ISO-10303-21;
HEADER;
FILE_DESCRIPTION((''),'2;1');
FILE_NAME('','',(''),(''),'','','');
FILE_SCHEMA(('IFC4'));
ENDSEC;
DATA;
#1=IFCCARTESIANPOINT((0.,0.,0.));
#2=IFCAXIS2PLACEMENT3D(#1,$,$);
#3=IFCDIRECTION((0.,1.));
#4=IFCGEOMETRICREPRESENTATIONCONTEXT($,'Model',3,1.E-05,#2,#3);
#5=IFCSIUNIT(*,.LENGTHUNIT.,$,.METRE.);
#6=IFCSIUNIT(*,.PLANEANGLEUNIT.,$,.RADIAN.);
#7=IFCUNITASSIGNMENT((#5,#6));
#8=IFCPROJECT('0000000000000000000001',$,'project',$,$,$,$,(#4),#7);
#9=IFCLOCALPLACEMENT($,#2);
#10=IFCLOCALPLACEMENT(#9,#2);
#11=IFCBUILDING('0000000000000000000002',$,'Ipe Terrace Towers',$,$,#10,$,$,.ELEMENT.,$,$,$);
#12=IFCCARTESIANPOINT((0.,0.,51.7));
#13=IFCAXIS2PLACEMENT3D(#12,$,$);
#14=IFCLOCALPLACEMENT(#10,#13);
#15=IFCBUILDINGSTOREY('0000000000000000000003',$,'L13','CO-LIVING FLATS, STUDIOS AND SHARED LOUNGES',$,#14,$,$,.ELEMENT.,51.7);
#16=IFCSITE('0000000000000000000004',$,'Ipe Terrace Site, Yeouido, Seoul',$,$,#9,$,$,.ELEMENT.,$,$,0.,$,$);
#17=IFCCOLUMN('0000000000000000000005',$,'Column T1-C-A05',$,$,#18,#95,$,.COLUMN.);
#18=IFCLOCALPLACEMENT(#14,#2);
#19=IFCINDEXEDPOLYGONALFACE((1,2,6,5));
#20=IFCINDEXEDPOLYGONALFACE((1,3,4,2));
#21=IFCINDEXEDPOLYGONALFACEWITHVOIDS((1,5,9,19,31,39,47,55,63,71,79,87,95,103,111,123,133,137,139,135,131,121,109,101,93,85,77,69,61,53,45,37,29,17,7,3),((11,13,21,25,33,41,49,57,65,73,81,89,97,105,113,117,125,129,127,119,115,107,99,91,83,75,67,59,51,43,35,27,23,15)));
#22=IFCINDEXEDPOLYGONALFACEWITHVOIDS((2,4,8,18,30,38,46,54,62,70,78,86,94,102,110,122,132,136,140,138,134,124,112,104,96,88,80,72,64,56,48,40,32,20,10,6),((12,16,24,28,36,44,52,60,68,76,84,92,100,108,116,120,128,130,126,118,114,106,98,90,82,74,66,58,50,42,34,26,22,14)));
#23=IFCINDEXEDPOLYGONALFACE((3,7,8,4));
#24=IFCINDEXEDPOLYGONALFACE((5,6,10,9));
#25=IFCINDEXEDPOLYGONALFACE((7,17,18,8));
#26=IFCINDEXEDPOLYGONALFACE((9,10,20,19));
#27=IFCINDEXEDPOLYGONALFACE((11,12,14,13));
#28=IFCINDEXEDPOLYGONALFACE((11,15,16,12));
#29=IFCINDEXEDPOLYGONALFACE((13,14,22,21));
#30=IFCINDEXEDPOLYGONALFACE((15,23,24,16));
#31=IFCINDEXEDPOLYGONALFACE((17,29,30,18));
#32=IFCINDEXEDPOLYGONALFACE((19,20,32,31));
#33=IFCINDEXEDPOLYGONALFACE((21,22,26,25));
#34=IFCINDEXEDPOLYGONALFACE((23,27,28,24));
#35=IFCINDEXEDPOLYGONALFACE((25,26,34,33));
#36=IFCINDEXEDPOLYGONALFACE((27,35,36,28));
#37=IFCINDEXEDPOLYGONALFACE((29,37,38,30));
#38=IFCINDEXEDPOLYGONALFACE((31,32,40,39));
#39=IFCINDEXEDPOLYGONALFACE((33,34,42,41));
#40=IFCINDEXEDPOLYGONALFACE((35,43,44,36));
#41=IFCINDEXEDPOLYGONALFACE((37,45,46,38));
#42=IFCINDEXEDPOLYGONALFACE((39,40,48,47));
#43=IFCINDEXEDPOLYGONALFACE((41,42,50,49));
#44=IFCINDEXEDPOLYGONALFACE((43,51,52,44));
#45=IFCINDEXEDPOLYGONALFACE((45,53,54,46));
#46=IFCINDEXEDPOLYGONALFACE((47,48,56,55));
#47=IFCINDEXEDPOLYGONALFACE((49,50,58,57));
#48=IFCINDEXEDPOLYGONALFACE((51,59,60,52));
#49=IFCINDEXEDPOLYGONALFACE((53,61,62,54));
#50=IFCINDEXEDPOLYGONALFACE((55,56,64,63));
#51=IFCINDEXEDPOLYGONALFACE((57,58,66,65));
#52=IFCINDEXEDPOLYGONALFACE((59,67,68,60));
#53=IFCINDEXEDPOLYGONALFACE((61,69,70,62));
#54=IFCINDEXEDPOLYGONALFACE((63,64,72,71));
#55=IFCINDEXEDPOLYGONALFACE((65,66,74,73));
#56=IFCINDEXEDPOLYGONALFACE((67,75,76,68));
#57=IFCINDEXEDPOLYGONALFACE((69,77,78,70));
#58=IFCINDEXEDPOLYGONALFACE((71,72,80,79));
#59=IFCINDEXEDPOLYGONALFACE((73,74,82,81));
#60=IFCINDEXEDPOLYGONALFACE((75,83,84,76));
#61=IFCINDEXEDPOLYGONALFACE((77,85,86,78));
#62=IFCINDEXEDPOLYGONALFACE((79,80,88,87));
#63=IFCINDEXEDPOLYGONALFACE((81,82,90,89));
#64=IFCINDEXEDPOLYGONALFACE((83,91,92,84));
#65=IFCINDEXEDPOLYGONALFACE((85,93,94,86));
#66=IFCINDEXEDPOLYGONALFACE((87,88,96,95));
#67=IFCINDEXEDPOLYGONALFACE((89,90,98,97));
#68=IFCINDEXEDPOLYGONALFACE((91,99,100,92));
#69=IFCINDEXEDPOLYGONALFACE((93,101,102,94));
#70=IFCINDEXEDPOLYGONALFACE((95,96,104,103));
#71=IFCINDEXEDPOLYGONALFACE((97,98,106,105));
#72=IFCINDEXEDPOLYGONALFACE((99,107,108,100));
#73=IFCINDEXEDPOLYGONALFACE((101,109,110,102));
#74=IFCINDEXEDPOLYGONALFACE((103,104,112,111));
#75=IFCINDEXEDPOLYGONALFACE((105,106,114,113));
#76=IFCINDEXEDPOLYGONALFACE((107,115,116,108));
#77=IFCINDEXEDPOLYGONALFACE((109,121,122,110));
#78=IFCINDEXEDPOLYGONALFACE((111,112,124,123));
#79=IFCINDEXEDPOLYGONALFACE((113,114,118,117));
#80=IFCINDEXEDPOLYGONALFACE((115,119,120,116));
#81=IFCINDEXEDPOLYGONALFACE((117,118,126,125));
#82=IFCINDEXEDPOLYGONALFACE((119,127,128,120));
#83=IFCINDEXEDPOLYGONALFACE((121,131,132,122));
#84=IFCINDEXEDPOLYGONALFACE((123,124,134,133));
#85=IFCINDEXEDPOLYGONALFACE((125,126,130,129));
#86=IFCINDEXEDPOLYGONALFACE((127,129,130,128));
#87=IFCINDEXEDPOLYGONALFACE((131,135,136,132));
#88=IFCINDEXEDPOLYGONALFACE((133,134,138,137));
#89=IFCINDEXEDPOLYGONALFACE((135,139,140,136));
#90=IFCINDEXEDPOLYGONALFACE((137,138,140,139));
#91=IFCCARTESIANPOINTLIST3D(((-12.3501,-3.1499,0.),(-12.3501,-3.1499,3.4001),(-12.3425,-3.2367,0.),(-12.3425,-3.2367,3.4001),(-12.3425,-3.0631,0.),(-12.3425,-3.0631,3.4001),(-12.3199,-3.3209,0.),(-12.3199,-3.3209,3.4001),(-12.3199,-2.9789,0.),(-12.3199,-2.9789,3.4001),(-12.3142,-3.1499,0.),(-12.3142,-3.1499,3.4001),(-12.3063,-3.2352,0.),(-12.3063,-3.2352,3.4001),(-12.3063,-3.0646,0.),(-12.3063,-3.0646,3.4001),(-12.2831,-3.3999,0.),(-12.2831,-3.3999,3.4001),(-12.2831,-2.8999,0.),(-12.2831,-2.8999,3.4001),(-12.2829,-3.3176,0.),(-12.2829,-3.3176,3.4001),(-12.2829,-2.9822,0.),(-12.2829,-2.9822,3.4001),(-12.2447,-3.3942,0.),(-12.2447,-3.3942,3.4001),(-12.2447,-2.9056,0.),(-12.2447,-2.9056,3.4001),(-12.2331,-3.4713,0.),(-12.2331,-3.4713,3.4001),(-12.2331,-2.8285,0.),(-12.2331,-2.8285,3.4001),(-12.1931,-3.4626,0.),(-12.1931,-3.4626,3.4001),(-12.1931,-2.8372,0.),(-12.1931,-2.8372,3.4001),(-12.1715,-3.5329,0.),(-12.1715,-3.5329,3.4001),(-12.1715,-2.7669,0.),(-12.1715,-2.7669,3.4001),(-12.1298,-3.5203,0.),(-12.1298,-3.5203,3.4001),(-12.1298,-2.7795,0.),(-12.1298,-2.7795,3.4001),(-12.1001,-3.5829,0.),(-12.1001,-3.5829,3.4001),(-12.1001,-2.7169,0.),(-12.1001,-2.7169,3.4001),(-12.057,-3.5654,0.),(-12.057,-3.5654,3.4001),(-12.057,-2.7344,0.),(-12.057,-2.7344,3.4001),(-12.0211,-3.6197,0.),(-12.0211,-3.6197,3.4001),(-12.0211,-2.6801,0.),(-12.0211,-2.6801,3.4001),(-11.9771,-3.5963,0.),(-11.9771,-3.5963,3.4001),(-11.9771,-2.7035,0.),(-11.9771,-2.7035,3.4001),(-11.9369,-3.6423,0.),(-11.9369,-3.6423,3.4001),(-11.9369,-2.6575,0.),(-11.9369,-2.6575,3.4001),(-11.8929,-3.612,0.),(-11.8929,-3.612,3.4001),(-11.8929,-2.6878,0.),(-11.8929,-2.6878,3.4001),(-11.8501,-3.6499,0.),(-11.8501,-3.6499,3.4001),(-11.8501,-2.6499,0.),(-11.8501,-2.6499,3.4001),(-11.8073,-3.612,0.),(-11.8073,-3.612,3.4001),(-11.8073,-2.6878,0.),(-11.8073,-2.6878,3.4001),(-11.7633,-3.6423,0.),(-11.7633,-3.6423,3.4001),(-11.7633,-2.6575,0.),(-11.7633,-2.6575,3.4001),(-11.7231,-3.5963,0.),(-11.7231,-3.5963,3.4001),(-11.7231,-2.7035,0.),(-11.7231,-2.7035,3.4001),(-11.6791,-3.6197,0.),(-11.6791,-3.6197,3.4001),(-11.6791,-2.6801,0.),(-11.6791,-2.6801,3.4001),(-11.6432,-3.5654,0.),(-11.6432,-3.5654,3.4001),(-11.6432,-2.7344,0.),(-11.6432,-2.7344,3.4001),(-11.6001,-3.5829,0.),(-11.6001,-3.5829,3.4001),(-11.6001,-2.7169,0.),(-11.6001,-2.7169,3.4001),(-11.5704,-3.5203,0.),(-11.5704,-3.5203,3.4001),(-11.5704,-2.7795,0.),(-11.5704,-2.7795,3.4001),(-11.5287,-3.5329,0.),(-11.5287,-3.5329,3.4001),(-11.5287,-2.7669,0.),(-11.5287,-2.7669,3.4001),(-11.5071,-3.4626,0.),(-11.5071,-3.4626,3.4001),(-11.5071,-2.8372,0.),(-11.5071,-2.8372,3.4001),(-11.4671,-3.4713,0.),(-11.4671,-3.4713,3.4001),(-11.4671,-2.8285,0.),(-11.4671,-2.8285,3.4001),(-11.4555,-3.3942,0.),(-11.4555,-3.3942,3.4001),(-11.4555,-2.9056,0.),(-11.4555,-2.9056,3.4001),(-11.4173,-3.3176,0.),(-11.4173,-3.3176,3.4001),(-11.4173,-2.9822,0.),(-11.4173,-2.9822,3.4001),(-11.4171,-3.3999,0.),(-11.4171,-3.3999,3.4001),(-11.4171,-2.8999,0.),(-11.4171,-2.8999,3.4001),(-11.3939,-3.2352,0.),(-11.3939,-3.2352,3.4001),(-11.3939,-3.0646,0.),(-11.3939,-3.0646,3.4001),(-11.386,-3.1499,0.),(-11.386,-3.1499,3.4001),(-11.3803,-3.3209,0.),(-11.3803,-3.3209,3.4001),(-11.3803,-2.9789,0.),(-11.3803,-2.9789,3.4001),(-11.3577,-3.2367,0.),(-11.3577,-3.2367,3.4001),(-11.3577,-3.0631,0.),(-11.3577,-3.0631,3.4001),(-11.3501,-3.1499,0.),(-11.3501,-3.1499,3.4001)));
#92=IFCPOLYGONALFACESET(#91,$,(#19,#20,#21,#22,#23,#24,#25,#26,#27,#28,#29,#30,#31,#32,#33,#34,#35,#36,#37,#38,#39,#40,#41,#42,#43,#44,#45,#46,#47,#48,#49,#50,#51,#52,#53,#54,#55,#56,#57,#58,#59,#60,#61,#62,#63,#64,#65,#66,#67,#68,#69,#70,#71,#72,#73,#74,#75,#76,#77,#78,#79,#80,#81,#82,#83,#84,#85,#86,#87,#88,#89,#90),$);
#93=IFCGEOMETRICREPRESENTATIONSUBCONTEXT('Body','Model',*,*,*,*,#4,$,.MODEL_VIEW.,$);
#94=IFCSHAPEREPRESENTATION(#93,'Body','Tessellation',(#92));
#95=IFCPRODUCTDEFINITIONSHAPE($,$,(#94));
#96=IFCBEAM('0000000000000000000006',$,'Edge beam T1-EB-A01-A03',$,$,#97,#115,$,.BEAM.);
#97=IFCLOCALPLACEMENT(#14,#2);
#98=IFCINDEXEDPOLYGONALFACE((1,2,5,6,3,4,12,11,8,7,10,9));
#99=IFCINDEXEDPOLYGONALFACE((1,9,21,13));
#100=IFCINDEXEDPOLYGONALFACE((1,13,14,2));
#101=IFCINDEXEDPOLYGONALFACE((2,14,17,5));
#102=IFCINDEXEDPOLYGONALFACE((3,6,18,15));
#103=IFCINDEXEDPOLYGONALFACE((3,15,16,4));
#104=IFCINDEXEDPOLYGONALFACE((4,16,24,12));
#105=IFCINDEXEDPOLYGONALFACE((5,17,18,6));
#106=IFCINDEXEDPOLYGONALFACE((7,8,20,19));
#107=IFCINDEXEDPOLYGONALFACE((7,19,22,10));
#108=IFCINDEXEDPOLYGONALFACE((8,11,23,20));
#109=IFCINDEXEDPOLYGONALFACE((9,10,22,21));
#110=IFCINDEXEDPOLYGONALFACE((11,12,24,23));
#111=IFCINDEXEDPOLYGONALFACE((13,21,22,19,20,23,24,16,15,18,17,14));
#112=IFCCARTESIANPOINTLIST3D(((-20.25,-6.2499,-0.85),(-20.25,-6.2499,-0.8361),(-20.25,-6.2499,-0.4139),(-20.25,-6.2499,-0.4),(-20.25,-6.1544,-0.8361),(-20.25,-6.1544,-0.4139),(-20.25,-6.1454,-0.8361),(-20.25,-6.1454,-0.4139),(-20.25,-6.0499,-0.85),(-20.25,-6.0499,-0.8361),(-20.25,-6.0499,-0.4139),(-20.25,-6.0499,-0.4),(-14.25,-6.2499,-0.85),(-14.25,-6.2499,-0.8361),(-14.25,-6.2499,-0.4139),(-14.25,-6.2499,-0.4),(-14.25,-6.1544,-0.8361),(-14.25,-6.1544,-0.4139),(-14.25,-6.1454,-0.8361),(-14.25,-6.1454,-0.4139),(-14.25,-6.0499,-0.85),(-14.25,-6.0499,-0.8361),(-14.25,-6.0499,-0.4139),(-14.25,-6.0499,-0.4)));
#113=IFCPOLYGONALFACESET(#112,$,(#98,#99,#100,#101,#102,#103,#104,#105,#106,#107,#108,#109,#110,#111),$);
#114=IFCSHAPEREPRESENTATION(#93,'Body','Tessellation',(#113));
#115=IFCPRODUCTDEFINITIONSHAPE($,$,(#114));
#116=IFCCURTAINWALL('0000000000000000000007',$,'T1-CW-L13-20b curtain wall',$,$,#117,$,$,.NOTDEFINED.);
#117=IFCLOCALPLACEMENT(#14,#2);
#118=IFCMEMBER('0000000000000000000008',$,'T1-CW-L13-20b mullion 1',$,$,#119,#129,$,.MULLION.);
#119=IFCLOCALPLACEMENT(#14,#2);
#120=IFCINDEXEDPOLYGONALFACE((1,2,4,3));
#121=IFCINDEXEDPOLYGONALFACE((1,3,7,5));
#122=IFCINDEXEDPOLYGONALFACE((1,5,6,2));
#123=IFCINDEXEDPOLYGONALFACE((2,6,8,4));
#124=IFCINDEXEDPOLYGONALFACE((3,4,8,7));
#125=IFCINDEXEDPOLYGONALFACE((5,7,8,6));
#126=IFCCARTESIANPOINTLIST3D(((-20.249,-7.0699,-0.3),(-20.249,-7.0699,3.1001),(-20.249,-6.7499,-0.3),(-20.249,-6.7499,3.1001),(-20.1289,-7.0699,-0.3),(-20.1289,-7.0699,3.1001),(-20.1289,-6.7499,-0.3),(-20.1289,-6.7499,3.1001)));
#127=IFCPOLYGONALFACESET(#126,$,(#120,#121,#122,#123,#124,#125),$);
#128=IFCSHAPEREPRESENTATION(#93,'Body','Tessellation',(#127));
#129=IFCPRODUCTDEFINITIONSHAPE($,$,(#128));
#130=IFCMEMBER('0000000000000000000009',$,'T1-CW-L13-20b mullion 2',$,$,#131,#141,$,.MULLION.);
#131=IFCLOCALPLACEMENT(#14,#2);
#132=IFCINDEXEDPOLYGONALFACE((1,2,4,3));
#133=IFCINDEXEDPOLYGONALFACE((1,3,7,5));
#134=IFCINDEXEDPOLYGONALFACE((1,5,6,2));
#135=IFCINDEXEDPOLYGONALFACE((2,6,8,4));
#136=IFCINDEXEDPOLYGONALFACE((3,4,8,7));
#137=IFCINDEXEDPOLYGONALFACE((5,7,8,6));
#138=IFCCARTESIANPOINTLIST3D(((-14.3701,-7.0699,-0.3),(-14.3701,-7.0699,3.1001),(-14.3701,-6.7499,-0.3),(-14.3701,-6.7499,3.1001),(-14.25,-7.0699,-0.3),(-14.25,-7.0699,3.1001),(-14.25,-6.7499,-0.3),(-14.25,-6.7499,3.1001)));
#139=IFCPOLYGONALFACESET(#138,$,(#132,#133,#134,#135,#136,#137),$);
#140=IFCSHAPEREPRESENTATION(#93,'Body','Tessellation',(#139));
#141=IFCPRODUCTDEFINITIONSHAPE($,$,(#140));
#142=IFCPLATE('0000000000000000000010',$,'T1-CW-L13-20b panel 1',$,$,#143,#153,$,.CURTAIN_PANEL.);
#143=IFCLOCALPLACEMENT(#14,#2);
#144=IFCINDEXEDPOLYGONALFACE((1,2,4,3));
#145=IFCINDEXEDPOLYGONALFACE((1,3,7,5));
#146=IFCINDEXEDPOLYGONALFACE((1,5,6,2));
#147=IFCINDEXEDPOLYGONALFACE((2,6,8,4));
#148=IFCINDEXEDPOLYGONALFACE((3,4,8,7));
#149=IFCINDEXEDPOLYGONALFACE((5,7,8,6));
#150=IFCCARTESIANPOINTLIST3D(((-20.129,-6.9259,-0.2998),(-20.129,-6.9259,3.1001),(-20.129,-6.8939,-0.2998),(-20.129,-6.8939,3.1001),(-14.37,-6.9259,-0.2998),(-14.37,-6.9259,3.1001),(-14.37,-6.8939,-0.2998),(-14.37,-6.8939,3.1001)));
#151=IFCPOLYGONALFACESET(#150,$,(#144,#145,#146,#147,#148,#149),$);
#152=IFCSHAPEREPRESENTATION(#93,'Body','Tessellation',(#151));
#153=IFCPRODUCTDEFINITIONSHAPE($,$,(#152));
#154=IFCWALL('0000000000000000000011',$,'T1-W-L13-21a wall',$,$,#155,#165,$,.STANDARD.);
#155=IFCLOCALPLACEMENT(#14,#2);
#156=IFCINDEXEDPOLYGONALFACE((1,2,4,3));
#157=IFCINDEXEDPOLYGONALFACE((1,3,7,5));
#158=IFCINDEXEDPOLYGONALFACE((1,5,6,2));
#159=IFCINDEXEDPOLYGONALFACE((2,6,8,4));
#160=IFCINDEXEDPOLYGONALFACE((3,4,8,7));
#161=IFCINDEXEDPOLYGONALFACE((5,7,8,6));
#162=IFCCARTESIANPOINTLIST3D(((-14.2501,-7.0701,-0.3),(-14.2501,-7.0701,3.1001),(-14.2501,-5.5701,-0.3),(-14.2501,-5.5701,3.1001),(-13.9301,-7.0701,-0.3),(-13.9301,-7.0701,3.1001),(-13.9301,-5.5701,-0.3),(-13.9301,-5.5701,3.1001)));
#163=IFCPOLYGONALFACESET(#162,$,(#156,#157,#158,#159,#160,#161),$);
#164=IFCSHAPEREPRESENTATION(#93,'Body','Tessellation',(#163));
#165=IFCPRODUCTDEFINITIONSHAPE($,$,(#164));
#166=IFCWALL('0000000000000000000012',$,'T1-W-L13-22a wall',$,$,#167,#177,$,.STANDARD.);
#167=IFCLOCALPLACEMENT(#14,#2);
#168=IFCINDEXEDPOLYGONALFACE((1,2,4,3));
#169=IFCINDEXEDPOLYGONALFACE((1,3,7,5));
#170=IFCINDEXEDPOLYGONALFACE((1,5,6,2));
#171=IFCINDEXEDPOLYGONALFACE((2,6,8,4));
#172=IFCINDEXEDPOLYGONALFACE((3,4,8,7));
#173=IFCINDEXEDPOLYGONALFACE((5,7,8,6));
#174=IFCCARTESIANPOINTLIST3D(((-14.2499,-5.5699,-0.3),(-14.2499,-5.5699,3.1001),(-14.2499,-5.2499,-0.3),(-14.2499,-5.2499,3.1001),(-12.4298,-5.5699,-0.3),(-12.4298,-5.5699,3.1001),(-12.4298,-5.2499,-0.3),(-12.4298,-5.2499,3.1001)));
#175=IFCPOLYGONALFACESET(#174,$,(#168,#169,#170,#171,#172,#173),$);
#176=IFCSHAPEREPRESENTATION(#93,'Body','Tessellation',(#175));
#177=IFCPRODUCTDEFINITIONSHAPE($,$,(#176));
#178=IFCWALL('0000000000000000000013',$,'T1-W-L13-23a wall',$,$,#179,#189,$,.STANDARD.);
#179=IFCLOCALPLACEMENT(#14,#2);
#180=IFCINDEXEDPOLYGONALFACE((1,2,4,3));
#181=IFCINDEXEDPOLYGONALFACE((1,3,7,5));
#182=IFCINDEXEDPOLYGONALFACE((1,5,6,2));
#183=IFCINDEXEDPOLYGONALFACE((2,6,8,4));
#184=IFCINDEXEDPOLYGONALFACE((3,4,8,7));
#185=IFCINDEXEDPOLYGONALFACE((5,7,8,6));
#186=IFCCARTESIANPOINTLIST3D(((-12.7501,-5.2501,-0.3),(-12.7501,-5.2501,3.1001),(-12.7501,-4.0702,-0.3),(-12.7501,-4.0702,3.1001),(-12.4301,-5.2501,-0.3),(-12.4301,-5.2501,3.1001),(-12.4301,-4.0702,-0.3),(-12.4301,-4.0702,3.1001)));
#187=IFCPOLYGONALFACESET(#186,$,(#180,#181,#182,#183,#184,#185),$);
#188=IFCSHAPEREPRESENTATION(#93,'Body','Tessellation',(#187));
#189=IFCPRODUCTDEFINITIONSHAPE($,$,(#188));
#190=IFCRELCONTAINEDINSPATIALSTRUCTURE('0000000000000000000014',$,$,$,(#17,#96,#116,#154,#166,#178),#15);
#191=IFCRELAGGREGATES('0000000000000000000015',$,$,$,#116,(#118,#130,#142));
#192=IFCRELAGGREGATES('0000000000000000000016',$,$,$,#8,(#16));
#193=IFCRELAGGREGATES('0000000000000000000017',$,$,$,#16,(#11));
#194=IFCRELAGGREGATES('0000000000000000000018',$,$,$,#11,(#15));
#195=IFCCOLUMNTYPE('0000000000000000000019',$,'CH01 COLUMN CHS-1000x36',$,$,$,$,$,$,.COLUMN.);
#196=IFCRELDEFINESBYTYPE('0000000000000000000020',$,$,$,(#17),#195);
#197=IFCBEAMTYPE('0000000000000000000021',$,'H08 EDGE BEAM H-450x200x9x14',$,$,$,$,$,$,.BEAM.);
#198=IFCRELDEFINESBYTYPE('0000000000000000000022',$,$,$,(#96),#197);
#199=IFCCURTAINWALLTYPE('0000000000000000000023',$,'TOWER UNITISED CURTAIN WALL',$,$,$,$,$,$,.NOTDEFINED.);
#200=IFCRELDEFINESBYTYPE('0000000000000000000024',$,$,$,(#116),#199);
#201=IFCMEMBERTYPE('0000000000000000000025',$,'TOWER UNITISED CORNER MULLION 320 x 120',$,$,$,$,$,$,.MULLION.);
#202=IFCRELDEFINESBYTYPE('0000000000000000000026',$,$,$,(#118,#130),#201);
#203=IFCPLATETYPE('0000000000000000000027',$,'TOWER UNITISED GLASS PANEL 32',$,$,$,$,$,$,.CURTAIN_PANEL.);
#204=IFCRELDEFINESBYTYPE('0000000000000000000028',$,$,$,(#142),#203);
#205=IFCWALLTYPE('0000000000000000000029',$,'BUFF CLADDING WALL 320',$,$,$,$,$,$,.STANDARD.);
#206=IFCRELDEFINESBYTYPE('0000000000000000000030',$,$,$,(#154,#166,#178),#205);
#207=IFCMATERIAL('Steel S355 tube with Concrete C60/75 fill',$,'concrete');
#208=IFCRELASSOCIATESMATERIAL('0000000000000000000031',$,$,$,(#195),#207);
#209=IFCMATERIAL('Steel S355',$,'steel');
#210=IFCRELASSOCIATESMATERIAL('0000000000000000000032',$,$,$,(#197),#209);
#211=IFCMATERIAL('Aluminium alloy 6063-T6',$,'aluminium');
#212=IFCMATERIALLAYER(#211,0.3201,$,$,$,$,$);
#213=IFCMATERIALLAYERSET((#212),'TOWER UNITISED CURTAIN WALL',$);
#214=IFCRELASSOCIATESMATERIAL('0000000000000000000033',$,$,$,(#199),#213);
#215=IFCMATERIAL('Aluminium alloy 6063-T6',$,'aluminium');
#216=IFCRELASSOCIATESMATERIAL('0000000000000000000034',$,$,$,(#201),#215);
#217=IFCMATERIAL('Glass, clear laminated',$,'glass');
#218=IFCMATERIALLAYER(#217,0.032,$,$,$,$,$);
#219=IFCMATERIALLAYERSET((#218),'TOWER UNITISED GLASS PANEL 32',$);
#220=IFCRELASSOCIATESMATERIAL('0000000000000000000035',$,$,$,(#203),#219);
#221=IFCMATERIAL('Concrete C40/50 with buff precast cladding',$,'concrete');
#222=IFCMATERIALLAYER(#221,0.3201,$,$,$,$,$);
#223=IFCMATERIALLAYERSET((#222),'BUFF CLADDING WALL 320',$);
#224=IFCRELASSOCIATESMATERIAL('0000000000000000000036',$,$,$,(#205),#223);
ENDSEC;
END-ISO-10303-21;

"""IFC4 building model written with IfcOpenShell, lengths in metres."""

from ifc_helpers import new_model, si_unit, direction, frame, frame_2d, origin, origin_2d, place, context, subcontext, project, spatial, rectangle, hollow_circle, i_section, extrude, material, layer, layer_set, material_profile, profile_set, type_object, element, aggregate, save


model = new_model("IFC4")

# Units and contexts
model_context = context("Model", 3, precision=1e-05, world=origin(), true_north=direction((0.0, 1.0)))
body_context = subcontext(model_context, "Body", "Model", "MODEL_VIEW")
ifc_project = project(units=[si_unit("LENGTHUNIT", "METRE"), si_unit("PLANEANGLEUNIT", "RADIAN")], contexts=[model_context])

# Site, building, storey
site_placement = place(None, origin())
site = spatial("IfcSite", under=ifc_project, at=site_placement, Name="Ipe Terrace Site, Yeouido, Seoul", CompositionType="ELEMENT", RefElevation=0.0)
building_placement = place(site_placement, origin())
building = spatial("IfcBuilding", under=site, at=building_placement, Name="Ipe Terrace Towers", CompositionType="ELEMENT")
storey_placement = place(building_placement, frame((0.0, 0.0, 51.7)))
storey = spatial("IfcBuildingStorey", under=building, at=storey_placement, Name="L13", Description="CO-LIVING FLATS, STUDIOS AND SHARED LOUNGES", CompositionType="ELEMENT", Elevation=51.7)

# Column
ifc_material_1 = material(Name="Steel S355 tube with Concrete C60/75 fill", Category="concrete")
ifc_material_profile_1 = material_profile(ifc_material_1, hollow_circle(Radius=0.5, WallThickness=0.0359, at=origin_2d()), Name="CHS-1000x36")
ifc_profile_set_1 = profile_set([ifc_material_profile_1], Name="Steel S355 tube with Concrete C60/75 fill")
column_type = type_object("IfcColumnType", Name="CH01 COLUMN CHS-1000x36", PredefinedType="COLUMN", material=ifc_profile_set_1)
for number, where, z_axis, x_axis, name in (
    (1, (-11.8501, -3.1499, 0.0), (0.0, 0.0, 1.0), (1.0, 0.0, 0.0), "Column T1-C-A05"),
):
    element("IfcColumn", number, at=place(storey_placement, frame(where, z_axis=z_axis, x_axis=x_axis)), inside=storey, type_object=column_type, Name=name, PredefinedType="COLUMN", context=body_context, shape_type="SweptSolid", body=[
        extrude(hollow_circle(Radius=0.5, WallThickness=0.0359, at=origin_2d()), origin(), (0.0, 0.0, 1.0), 3.4001),
    ])

# Beam
ifc_material_2 = material(Name="Steel S355", Category="steel")
ifc_material_profile_2 = material_profile(ifc_material_2, i_section(OverallWidth=0.2, OverallDepth=0.45, WebThickness=0.009, FlangeThickness=0.0139, at=origin_2d()), Name="H-450x200x9x14")
ifc_profile_set_2 = profile_set([ifc_material_profile_2], Name="Steel S355")
beam_type = type_object("IfcBeamType", Name="H08 EDGE BEAM H-450x200x9x14", PredefinedType="BEAM", material=ifc_profile_set_2)
beam_placement = place(storey_placement, frame((-20.25, -6.1499, -0.625), z_axis=(1.0, 0.0, 0.0), x_axis=(0.0, 1.0, 0.0)))
element("IfcBeam", 2, at=beam_placement, inside=storey, type_object=beam_type, Name="Edge beam T1-EB-A01-A03", PredefinedType="BEAM", context=body_context, shape_type="SweptSolid", body=[
    extrude(i_section(OverallWidth=0.2, OverallDepth=0.45, WebThickness=0.009, FlangeThickness=0.0139, at=origin_2d()), origin(), (0.0, 0.0, 1.0), 6.0),
])

# Curtain wall, members, plate
ifc_material_3 = material(Name="Aluminium alloy 6063-T6", Category="aluminium")
ifc_layer_1 = layer(ifc_material_3, 0.3201)
ifc_layer_set_1 = layer_set([ifc_layer_1], Name="TOWER UNITISED CURTAIN WALL")
curtain_wall_type = type_object("IfcCurtainWallType", Name="TOWER UNITISED CURTAIN WALL", PredefinedType="NOTDEFINED", material=ifc_layer_set_1)
curtain_wall_placement = place(storey_placement, origin())
curtain_wall = element("IfcCurtainWall", 3, at=curtain_wall_placement, inside=storey, type_object=curtain_wall_type, Name="T1-CW-L13-20b curtain wall", PredefinedType="NOTDEFINED")
ifc_material_4 = material(Name="Aluminium alloy 6063-T6", Category="aluminium")
ifc_material_profile_3 = material_profile(ifc_material_4, rectangle(XDim=0.3201, YDim=0.1201, at=origin_2d()), Name="TOWER UNITISED CORNER MULLION 320 x 120")
ifc_profile_set_3 = profile_set([ifc_material_profile_3], Name="Aluminium alloy 6063-T6")
member_type = type_object("IfcMemberType", Name="TOWER UNITISED CORNER MULLION 320 x 120", PredefinedType="MULLION", material=ifc_profile_set_3)
member_1_placement = place(storey_placement, frame((-20.189, -6.9099, -0.3), z_axis=(0.0, 0.0, 1.0), x_axis=(0.0, -1.0, 0.0)))
member_1 = element("IfcMember", 4, at=member_1_placement, type_object=member_type, Name="T1-CW-L13-20b mullion 1", PredefinedType="MULLION", context=body_context, shape_type="SweptSolid", body=[
    extrude(rectangle(XDim=0.3201, YDim=0.1201, at=origin_2d()), origin(), (0.0, 0.0, 1.0), 3.4001),
])
member_2_placement = place(storey_placement, frame((-14.3101, -6.9099, -0.3), z_axis=(0.0, 0.0, 1.0), x_axis=(0.0, -1.0, 0.0)))
member_2 = element("IfcMember", 5, at=member_2_placement, type_object=member_type, Name="T1-CW-L13-20b mullion 2", PredefinedType="MULLION", context=body_context, shape_type="SweptSolid", body=[
    extrude(rectangle(XDim=0.3201, YDim=0.1201, at=origin_2d()), origin(), (0.0, 0.0, 1.0), 3.4001),
])
ifc_material_5 = material(Name="Glass, clear laminated", Category="glass")
ifc_layer_2 = layer(ifc_material_5, 0.032)
ifc_layer_set_2 = layer_set([ifc_layer_2], Name="TOWER UNITISED GLASS PANEL 32")
plate_type = type_object("IfcPlateType", Name="TOWER UNITISED GLASS PANEL 32", PredefinedType="CURTAIN_PANEL", material=ifc_layer_set_2)
plate_placement = place(storey_placement, frame((-17.2495, -6.9099, -0.2998), z_axis=(0.0, 0.0, 1.0), x_axis=(1.0, 0.0, 0.0)))
plate = element("IfcPlate", 6, at=plate_placement, type_object=plate_type, Name="T1-CW-L13-20b panel 1", PredefinedType="CURTAIN_PANEL", context=body_context, shape_type="SweptSolid", body=[
    extrude(rectangle(XDim=5.759, YDim=0.032, at=origin_2d()), origin(), (0.0, 0.0, 1.0), 3.3999),
])
aggregate(curtain_wall, [member_1, member_2, plate])

# Walls
ifc_material_6 = material(Name="Concrete C40/50 with buff precast cladding", Category="concrete")
ifc_layer_3 = layer(ifc_material_6, 0.3201)
ifc_layer_set_3 = layer_set([ifc_layer_3], Name="BUFF CLADDING WALL 320")
wall_type_1 = type_object("IfcWallType", Name="BUFF CLADDING WALL 320", PredefinedType="STANDARD", material=ifc_layer_set_3)
wall_1_placement = place(storey_placement, frame((-14.0901, -7.0701, -0.3), z_axis=(0.0, 0.0, 1.0), x_axis=(0.0, 1.0, 0.0)))
element("IfcWall", 7, at=wall_1_placement, inside=storey, type_object=wall_type_1, Name="T1-W-L13-21a wall", PredefinedType="STANDARD", context=body_context, shape_type="SweptSolid", body=[
    extrude(rectangle(XDim=1.5, YDim=0.3201, at=frame_2d((0.75, 0.0))), origin(), (0.0, 0.0, 1.0), 3.4001),
])
wall_2_placement = place(storey_placement, frame((-14.25, -5.4099, -0.3), z_axis=(0.0, 0.0, 1.0), x_axis=(1.0, 0.0, 0.0)))
element("IfcWall", 8, at=wall_2_placement, inside=storey, type_object=wall_type_1, Name="T1-W-L13-22a wall", PredefinedType="STANDARD", context=body_context, shape_type="SweptSolid", body=[
    extrude(rectangle(XDim=1.8201, YDim=0.3201, at=frame_2d((0.9102, 0.0))), origin(), (0.0, 0.0, 1.0), 3.4001),
])
wall_3_placement = place(storey_placement, frame((-12.5901, -5.25, -0.3), z_axis=(0.0, 0.0, 1.0), x_axis=(0.0, 1.0, 0.0)))
element("IfcWall", 9, at=wall_3_placement, inside=storey, type_object=wall_type_1, Name="T1-W-L13-23a wall", PredefinedType="STANDARD", context=body_context, shape_type="SweptSolid", body=[
    extrude(rectangle(XDim=1.1799, YDim=0.3201, at=frame_2d((0.5898, 0.0))), origin(), (0.0, 0.0, 1.0), 3.4001),
])

save(model, "model.ifc")
